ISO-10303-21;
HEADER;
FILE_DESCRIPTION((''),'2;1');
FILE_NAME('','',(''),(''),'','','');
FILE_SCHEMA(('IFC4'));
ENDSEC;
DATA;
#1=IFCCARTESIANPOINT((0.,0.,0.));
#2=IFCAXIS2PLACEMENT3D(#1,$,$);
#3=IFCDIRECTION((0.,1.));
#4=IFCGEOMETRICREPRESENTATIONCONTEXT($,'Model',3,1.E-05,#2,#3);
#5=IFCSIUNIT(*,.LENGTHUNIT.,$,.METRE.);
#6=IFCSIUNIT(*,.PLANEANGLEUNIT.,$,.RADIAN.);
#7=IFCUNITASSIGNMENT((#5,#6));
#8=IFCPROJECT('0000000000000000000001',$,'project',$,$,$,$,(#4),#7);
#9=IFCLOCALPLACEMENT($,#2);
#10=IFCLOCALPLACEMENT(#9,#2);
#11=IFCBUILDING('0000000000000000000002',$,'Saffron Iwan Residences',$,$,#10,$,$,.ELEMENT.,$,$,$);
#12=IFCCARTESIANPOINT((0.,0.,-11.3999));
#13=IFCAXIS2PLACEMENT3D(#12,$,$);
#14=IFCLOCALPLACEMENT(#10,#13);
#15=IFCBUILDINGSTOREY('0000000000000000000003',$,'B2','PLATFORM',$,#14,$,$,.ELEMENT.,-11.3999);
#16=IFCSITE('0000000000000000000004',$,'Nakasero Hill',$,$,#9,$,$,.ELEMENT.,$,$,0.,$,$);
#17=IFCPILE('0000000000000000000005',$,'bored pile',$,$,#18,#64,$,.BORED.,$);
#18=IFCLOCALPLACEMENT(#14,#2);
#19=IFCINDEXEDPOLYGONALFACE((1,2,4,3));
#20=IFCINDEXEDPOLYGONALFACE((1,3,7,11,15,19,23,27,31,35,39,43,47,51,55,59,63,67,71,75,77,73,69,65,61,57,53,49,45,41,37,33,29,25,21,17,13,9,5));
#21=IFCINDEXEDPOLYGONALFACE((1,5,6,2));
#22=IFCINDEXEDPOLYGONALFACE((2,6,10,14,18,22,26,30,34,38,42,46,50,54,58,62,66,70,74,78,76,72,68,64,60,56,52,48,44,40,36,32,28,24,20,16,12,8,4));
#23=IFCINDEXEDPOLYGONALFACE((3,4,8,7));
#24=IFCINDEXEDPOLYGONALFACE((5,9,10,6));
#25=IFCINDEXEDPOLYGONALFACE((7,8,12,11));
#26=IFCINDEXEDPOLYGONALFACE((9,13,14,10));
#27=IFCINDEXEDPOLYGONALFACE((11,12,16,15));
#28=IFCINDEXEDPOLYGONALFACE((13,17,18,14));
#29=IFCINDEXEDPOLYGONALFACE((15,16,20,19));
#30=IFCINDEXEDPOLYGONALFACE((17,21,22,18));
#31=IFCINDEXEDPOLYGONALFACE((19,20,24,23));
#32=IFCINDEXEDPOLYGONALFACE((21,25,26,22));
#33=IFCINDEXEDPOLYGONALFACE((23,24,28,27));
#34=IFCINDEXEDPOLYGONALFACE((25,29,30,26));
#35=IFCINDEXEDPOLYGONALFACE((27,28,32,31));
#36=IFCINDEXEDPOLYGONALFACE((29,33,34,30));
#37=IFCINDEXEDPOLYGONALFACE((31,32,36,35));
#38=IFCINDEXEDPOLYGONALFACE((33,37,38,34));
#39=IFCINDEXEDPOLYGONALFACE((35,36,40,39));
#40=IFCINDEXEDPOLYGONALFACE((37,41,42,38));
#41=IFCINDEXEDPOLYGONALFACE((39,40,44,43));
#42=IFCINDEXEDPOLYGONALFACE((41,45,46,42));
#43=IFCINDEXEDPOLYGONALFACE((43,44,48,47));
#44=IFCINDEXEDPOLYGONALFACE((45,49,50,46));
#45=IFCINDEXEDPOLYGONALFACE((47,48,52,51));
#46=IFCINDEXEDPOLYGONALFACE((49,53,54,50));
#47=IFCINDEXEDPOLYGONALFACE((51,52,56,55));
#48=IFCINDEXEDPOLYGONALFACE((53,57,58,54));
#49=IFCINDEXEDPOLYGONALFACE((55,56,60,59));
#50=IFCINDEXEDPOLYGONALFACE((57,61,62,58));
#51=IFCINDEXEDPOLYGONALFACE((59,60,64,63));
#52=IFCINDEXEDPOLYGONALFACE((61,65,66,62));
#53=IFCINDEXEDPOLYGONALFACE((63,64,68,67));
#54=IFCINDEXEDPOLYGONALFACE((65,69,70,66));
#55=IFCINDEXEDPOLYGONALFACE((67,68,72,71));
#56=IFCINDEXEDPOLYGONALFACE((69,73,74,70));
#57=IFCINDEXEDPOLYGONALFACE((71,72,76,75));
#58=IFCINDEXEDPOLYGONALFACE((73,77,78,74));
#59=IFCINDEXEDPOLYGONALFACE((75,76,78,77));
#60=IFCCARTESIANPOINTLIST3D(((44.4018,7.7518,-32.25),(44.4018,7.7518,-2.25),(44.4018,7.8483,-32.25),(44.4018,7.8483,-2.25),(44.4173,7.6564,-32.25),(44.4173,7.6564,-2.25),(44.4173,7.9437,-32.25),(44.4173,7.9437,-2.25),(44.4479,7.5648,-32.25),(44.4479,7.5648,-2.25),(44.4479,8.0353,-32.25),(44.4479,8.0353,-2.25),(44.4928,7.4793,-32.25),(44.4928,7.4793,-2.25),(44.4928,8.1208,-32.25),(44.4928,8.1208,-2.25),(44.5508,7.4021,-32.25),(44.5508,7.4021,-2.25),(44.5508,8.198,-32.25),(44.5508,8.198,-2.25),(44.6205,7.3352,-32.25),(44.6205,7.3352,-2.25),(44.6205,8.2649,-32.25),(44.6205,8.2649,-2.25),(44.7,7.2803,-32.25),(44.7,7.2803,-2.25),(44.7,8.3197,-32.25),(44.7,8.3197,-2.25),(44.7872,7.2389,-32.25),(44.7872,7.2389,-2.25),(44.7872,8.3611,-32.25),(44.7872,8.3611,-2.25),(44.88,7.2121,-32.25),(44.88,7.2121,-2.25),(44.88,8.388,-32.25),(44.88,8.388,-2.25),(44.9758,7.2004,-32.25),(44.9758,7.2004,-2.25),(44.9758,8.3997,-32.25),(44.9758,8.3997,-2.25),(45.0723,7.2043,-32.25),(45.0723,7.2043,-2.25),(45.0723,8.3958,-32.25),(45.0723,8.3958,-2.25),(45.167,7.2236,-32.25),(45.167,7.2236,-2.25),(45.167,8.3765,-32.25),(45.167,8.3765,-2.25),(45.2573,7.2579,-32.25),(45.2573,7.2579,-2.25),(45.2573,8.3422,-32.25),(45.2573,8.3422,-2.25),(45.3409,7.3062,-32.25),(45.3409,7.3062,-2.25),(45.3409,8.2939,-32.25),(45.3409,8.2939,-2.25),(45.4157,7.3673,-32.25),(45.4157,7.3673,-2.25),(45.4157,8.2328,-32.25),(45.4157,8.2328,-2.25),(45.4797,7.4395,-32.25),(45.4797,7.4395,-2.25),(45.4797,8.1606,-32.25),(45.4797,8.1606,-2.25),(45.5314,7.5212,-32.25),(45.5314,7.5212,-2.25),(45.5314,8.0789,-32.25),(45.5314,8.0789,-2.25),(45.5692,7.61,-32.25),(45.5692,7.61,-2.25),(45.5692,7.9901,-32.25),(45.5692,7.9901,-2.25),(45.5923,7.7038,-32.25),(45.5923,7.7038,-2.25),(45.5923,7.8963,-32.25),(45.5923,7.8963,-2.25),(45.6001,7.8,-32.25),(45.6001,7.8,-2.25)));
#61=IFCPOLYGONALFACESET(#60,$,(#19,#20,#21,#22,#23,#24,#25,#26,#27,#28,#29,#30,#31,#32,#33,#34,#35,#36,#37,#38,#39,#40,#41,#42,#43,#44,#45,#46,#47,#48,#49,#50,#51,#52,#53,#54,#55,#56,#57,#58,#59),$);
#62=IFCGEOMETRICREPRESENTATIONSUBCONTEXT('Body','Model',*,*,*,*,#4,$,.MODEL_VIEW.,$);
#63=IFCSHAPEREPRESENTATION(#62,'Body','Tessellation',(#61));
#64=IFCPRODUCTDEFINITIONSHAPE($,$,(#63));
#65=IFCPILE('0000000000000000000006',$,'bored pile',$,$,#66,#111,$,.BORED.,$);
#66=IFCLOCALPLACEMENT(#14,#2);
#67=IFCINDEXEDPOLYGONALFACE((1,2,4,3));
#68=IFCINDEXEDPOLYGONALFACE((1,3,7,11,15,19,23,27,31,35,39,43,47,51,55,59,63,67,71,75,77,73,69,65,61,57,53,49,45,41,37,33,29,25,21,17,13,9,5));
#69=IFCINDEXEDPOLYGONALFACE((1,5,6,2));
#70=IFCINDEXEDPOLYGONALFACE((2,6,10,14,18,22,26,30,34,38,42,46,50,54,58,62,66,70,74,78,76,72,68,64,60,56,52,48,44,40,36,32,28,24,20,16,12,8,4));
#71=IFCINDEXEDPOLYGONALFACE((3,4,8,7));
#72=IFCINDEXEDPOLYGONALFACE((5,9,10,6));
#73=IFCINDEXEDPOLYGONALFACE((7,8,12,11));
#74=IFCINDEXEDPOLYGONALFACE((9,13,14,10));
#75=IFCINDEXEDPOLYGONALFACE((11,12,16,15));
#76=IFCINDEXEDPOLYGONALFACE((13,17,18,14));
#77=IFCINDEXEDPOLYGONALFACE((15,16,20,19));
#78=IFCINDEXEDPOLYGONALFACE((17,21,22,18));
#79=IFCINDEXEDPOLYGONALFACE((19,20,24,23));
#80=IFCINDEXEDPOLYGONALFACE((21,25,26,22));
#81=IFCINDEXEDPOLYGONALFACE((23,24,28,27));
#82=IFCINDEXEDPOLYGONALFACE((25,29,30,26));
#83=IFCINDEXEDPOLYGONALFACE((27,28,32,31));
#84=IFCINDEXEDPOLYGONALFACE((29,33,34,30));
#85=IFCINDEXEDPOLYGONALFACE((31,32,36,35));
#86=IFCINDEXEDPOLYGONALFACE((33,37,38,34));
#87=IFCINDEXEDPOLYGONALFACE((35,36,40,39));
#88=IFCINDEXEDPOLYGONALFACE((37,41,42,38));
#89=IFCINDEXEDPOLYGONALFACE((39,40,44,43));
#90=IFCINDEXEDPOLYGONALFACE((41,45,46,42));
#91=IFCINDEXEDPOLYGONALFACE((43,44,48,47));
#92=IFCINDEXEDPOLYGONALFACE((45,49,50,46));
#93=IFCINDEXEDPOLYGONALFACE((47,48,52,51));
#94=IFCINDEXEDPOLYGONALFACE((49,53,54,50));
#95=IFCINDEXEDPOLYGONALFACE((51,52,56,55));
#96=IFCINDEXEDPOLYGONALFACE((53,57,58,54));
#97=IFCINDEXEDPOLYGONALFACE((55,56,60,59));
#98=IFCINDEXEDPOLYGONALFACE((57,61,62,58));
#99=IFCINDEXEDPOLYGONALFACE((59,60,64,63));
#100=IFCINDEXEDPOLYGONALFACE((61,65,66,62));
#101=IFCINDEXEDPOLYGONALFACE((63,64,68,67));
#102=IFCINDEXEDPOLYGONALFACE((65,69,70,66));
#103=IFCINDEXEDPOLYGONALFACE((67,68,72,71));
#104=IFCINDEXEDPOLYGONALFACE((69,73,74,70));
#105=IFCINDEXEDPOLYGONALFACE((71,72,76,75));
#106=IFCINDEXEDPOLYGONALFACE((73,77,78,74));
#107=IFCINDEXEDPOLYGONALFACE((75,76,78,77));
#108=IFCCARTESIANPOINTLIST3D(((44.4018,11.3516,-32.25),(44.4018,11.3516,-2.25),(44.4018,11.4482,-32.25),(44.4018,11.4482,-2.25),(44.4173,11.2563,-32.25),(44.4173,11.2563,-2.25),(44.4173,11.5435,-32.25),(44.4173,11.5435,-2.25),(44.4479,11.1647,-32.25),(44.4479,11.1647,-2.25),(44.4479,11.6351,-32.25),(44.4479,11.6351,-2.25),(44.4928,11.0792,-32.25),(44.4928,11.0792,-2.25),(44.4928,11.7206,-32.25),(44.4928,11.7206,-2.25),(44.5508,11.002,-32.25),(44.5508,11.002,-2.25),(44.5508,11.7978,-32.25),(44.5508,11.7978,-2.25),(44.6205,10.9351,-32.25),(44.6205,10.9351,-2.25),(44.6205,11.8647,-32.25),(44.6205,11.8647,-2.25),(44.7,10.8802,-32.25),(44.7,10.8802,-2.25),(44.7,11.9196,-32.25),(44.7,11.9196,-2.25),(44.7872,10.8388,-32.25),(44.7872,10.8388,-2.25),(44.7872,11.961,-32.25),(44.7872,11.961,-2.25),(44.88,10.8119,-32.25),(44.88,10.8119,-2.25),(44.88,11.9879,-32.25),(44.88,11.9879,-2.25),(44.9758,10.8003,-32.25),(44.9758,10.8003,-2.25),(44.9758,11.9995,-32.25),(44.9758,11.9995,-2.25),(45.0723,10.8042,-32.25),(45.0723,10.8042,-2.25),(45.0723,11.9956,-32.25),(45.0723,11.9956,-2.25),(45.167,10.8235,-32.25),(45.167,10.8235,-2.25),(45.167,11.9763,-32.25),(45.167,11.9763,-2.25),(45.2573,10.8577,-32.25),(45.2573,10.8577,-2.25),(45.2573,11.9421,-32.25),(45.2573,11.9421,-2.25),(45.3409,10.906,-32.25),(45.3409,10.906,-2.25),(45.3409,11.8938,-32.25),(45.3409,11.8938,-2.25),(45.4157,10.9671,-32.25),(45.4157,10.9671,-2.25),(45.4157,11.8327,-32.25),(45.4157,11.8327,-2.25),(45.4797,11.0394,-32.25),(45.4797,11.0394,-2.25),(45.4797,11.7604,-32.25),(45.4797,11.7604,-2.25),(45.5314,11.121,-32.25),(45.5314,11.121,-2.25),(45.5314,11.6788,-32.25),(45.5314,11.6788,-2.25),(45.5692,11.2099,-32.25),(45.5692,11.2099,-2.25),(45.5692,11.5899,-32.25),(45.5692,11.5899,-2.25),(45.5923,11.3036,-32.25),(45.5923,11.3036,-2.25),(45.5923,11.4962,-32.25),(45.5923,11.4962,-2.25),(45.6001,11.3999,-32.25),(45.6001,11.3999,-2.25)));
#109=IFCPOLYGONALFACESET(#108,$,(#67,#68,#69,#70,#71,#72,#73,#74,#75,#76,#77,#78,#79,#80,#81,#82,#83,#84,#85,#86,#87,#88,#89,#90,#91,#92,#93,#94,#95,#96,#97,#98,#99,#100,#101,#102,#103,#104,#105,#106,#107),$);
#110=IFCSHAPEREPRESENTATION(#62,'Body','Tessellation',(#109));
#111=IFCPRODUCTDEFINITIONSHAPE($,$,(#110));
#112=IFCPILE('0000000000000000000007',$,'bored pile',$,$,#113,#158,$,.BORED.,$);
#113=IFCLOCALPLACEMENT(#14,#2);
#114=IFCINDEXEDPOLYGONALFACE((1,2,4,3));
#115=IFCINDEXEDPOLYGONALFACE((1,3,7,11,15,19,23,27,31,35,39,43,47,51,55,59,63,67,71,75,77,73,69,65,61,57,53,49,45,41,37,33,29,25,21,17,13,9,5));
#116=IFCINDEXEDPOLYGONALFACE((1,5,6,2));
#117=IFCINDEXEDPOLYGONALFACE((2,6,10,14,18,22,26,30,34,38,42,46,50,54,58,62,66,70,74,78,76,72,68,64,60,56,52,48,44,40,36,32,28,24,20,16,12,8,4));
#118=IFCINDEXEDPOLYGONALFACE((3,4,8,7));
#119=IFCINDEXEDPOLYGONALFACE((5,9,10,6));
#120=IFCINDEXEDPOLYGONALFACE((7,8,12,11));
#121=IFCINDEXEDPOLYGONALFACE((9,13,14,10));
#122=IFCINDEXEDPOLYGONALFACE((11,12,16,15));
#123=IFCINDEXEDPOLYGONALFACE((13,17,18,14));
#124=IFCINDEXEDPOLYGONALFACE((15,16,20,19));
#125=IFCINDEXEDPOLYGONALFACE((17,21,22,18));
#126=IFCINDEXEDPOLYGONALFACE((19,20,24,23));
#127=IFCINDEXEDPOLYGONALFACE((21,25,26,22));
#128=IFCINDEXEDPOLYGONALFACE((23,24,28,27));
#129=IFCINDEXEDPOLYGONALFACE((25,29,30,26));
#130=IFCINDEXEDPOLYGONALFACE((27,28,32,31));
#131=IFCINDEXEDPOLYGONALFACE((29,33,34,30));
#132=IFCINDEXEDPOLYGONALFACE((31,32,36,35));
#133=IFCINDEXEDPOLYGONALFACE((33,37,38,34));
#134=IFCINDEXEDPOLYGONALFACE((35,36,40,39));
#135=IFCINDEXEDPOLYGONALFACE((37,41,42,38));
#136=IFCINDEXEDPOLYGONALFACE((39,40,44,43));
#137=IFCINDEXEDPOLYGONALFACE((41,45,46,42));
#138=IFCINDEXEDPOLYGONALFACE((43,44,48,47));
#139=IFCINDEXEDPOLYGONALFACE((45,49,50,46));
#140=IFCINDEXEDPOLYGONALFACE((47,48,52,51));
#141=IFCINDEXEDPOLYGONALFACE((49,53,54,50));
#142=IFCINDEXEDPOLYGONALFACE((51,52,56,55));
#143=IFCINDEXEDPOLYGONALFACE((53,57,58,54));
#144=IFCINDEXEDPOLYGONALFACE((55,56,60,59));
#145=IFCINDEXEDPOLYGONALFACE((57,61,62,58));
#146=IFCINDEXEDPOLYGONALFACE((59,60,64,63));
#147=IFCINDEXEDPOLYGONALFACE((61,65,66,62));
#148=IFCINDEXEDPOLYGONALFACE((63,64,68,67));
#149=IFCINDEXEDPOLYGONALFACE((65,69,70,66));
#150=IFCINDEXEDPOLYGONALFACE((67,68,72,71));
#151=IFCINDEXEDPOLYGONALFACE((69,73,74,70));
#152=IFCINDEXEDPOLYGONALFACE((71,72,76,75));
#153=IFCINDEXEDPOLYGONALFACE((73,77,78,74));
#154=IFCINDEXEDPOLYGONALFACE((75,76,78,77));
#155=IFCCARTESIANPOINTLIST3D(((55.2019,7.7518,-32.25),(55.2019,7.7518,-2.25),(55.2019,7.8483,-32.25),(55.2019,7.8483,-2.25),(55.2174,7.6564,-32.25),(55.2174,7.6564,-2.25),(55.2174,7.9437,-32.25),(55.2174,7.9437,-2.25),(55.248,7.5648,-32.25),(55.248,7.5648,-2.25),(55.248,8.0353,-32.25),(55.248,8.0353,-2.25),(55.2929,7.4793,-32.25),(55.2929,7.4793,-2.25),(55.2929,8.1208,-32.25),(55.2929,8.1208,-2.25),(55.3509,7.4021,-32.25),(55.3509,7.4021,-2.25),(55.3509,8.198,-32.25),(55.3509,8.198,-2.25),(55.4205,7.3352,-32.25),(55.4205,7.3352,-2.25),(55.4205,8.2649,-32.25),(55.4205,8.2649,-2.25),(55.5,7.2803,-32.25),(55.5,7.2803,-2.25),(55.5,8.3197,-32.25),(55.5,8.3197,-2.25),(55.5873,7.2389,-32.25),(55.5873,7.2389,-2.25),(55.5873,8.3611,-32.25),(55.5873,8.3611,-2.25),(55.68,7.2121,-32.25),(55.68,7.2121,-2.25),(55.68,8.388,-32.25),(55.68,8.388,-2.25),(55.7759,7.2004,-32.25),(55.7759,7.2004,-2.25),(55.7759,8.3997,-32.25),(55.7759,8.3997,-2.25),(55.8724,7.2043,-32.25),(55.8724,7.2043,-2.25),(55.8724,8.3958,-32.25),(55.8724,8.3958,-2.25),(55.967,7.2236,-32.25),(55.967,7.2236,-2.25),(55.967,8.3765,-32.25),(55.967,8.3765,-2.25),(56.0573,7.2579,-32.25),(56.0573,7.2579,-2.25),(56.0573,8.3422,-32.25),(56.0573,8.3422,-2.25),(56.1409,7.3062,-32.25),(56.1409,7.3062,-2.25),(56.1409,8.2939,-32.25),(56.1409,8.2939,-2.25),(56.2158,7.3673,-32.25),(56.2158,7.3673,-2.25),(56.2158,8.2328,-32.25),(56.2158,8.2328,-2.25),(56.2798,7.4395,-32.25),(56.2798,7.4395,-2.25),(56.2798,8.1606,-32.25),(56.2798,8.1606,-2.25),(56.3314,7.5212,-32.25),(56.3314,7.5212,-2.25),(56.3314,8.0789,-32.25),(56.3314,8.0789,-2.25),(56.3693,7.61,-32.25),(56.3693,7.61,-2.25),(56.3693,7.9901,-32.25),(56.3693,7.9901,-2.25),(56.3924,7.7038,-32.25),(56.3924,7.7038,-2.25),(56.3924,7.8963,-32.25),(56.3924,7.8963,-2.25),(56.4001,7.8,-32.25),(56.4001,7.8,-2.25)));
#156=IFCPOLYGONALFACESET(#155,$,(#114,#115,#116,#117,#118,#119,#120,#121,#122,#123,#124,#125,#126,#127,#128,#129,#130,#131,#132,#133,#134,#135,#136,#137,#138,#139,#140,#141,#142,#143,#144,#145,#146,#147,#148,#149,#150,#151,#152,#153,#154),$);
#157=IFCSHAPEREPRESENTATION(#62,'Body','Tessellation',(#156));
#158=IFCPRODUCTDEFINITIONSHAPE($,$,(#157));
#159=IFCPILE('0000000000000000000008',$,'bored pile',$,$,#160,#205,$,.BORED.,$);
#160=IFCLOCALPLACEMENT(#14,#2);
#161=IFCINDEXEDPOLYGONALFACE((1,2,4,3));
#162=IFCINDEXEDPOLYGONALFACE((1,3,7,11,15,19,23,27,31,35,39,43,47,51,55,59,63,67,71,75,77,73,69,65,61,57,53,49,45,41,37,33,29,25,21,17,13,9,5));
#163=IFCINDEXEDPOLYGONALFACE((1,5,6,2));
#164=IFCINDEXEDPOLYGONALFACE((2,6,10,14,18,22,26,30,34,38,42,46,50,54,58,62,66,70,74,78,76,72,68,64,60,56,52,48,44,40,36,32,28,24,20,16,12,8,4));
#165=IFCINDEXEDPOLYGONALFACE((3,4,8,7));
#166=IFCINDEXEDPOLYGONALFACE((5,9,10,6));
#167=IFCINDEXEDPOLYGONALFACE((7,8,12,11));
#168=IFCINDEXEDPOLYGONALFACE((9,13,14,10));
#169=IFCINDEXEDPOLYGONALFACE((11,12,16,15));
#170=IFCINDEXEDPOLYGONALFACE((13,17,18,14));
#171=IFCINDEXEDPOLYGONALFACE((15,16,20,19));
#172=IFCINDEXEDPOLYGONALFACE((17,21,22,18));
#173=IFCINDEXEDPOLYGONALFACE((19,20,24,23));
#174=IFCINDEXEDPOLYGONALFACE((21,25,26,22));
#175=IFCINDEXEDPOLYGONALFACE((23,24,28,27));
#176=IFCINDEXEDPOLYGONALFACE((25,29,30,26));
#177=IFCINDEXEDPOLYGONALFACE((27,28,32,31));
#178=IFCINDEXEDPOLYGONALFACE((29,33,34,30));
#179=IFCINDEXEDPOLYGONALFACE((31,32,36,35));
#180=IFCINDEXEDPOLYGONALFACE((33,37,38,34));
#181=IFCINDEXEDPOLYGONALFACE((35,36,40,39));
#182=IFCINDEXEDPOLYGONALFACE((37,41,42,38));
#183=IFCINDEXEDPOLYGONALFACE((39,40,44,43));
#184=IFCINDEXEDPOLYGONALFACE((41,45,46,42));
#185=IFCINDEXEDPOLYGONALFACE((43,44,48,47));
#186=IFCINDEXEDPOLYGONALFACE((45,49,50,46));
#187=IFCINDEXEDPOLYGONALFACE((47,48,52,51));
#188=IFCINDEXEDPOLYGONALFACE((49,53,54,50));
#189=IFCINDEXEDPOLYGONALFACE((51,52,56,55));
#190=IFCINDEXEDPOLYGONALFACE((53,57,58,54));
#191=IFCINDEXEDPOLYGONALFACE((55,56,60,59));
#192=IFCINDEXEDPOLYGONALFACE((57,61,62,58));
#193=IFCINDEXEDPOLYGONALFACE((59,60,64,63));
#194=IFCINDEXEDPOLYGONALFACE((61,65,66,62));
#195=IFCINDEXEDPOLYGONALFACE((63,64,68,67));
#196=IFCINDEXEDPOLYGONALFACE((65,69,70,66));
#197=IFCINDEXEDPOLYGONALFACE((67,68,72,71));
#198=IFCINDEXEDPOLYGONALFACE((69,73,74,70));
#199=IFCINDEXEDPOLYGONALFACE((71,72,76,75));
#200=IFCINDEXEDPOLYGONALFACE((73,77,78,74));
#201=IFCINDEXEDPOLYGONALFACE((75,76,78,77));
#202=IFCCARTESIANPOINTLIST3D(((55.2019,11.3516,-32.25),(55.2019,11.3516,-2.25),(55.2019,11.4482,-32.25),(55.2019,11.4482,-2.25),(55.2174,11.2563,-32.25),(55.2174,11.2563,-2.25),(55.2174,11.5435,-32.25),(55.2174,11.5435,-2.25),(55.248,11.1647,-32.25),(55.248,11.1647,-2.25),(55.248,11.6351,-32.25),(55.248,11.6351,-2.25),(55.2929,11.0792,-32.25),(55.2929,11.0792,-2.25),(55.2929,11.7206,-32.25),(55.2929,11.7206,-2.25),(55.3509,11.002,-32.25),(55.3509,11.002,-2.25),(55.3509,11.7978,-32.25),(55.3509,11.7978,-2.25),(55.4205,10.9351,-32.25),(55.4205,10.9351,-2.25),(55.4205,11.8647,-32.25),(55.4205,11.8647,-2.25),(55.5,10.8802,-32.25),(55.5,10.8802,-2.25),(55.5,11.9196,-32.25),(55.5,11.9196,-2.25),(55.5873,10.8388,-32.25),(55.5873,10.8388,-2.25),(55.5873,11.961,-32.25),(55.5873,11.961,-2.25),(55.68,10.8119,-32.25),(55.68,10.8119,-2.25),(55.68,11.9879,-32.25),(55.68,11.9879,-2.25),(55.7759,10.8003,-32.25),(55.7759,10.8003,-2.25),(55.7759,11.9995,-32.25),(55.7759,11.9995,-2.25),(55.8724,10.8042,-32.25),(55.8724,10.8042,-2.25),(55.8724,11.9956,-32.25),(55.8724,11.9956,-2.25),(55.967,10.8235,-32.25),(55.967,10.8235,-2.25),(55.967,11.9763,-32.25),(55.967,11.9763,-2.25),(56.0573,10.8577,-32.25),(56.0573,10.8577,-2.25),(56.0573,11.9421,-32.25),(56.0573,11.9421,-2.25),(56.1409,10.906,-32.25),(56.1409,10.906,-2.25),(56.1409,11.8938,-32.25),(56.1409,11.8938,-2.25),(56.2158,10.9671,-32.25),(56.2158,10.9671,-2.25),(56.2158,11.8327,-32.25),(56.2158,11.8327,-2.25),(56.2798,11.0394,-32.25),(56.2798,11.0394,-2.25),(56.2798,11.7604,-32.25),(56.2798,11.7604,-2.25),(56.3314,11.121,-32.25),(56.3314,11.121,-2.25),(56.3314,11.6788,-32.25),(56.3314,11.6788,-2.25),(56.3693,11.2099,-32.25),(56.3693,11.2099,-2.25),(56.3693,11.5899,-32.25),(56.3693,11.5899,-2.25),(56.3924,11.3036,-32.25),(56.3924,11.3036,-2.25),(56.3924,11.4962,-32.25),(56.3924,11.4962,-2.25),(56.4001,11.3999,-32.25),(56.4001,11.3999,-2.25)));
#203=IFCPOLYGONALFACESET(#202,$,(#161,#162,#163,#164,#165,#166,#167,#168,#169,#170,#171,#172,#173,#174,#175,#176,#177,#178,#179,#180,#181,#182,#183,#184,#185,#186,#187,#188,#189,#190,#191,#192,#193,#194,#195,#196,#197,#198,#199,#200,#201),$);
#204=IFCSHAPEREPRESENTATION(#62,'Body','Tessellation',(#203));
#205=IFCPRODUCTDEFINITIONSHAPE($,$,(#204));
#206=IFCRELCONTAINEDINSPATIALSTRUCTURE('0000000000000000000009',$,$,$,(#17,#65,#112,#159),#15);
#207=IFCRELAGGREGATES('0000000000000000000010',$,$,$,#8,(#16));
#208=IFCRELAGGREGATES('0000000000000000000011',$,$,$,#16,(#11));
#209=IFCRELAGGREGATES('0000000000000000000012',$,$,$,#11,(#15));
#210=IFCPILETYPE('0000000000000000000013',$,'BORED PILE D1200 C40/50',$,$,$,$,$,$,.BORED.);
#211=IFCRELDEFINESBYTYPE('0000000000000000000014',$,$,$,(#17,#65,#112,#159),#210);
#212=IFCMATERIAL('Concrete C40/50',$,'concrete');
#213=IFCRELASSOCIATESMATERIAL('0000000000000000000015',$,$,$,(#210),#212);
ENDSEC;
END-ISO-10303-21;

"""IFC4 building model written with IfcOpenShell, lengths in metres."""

from ifc_helpers import new_model, si_unit, direction, frame, origin, origin_2d, place, context, subcontext, project, spatial, circle, extrude, material, material_profile, profile_set, type_object, element, save


model = new_model("IFC4")

# Units and contexts
model_context = context("Model", 3, precision=1e-05, world=origin(), true_north=direction((0.0, 1.0)))
body_context = subcontext(model_context, "Body", "Model", "MODEL_VIEW")
ifc_project = project(units=[si_unit("LENGTHUNIT", "METRE"), si_unit("PLANEANGLEUNIT", "RADIAN")], contexts=[model_context])

# Site, building, storey
site_placement = place(None, origin())
site = spatial("IfcSite", under=ifc_project, at=site_placement, Name="Nakasero Hill", CompositionType="ELEMENT", RefElevation=0.0)
building_placement = place(site_placement, origin())
building = spatial("IfcBuilding", under=site, at=building_placement, Name="Saffron Iwan Residences", CompositionType="ELEMENT")
storey_placement = place(building_placement, frame((0.0, 0.0, -11.3999)))
storey = spatial("IfcBuildingStorey", under=building, at=storey_placement, Name="B2", Description="PLATFORM", CompositionType="ELEMENT", Elevation=-11.3999)

# Piles
ifc_material_1 = material(Name="Concrete C40/50", Category="concrete")
ifc_material_profile_1 = material_profile(ifc_material_1, circle(Radius=0.6001, at=origin_2d()), Name="RC D1200")
ifc_profile_set_1 = profile_set([ifc_material_profile_1], Name="Concrete C40/50")
pile_type = type_object("IfcPileType", Name="BORED PILE D1200 C40/50", PredefinedType="BORED", material=ifc_profile_set_1)
for number, where, z_axis, x_axis, name in (
    (1, (45.0, 7.8, -2.25), (0.0, 0.0, -1.0), (1.0, 0.0, 0.0), "bored pile"),
    (2, (45.0, 11.3999, -2.25), (0.0, 0.0, -1.0), (1.0, 0.0, 0.0), "bored pile"),
    (3, (55.8, 7.8, -2.25), (0.0, 0.0, -1.0), (1.0, 0.0, 0.0), "bored pile"),
    (4, (55.8, 11.3999, -2.25), (0.0, 0.0, -1.0), (1.0, 0.0, 0.0), "bored pile"),
):
    element("IfcPile", number, at=place(storey_placement, frame(where, z_axis=z_axis, x_axis=x_axis)), inside=storey, type_object=pile_type, Name=name, PredefinedType="BORED", context=body_context, shape_type="SweptSolid", body=[
        extrude(circle(Radius=0.6001, at=origin_2d()), origin(), (0.0, 0.0, 1.0), 30.0),
    ])

save(model, "model.ifc")
